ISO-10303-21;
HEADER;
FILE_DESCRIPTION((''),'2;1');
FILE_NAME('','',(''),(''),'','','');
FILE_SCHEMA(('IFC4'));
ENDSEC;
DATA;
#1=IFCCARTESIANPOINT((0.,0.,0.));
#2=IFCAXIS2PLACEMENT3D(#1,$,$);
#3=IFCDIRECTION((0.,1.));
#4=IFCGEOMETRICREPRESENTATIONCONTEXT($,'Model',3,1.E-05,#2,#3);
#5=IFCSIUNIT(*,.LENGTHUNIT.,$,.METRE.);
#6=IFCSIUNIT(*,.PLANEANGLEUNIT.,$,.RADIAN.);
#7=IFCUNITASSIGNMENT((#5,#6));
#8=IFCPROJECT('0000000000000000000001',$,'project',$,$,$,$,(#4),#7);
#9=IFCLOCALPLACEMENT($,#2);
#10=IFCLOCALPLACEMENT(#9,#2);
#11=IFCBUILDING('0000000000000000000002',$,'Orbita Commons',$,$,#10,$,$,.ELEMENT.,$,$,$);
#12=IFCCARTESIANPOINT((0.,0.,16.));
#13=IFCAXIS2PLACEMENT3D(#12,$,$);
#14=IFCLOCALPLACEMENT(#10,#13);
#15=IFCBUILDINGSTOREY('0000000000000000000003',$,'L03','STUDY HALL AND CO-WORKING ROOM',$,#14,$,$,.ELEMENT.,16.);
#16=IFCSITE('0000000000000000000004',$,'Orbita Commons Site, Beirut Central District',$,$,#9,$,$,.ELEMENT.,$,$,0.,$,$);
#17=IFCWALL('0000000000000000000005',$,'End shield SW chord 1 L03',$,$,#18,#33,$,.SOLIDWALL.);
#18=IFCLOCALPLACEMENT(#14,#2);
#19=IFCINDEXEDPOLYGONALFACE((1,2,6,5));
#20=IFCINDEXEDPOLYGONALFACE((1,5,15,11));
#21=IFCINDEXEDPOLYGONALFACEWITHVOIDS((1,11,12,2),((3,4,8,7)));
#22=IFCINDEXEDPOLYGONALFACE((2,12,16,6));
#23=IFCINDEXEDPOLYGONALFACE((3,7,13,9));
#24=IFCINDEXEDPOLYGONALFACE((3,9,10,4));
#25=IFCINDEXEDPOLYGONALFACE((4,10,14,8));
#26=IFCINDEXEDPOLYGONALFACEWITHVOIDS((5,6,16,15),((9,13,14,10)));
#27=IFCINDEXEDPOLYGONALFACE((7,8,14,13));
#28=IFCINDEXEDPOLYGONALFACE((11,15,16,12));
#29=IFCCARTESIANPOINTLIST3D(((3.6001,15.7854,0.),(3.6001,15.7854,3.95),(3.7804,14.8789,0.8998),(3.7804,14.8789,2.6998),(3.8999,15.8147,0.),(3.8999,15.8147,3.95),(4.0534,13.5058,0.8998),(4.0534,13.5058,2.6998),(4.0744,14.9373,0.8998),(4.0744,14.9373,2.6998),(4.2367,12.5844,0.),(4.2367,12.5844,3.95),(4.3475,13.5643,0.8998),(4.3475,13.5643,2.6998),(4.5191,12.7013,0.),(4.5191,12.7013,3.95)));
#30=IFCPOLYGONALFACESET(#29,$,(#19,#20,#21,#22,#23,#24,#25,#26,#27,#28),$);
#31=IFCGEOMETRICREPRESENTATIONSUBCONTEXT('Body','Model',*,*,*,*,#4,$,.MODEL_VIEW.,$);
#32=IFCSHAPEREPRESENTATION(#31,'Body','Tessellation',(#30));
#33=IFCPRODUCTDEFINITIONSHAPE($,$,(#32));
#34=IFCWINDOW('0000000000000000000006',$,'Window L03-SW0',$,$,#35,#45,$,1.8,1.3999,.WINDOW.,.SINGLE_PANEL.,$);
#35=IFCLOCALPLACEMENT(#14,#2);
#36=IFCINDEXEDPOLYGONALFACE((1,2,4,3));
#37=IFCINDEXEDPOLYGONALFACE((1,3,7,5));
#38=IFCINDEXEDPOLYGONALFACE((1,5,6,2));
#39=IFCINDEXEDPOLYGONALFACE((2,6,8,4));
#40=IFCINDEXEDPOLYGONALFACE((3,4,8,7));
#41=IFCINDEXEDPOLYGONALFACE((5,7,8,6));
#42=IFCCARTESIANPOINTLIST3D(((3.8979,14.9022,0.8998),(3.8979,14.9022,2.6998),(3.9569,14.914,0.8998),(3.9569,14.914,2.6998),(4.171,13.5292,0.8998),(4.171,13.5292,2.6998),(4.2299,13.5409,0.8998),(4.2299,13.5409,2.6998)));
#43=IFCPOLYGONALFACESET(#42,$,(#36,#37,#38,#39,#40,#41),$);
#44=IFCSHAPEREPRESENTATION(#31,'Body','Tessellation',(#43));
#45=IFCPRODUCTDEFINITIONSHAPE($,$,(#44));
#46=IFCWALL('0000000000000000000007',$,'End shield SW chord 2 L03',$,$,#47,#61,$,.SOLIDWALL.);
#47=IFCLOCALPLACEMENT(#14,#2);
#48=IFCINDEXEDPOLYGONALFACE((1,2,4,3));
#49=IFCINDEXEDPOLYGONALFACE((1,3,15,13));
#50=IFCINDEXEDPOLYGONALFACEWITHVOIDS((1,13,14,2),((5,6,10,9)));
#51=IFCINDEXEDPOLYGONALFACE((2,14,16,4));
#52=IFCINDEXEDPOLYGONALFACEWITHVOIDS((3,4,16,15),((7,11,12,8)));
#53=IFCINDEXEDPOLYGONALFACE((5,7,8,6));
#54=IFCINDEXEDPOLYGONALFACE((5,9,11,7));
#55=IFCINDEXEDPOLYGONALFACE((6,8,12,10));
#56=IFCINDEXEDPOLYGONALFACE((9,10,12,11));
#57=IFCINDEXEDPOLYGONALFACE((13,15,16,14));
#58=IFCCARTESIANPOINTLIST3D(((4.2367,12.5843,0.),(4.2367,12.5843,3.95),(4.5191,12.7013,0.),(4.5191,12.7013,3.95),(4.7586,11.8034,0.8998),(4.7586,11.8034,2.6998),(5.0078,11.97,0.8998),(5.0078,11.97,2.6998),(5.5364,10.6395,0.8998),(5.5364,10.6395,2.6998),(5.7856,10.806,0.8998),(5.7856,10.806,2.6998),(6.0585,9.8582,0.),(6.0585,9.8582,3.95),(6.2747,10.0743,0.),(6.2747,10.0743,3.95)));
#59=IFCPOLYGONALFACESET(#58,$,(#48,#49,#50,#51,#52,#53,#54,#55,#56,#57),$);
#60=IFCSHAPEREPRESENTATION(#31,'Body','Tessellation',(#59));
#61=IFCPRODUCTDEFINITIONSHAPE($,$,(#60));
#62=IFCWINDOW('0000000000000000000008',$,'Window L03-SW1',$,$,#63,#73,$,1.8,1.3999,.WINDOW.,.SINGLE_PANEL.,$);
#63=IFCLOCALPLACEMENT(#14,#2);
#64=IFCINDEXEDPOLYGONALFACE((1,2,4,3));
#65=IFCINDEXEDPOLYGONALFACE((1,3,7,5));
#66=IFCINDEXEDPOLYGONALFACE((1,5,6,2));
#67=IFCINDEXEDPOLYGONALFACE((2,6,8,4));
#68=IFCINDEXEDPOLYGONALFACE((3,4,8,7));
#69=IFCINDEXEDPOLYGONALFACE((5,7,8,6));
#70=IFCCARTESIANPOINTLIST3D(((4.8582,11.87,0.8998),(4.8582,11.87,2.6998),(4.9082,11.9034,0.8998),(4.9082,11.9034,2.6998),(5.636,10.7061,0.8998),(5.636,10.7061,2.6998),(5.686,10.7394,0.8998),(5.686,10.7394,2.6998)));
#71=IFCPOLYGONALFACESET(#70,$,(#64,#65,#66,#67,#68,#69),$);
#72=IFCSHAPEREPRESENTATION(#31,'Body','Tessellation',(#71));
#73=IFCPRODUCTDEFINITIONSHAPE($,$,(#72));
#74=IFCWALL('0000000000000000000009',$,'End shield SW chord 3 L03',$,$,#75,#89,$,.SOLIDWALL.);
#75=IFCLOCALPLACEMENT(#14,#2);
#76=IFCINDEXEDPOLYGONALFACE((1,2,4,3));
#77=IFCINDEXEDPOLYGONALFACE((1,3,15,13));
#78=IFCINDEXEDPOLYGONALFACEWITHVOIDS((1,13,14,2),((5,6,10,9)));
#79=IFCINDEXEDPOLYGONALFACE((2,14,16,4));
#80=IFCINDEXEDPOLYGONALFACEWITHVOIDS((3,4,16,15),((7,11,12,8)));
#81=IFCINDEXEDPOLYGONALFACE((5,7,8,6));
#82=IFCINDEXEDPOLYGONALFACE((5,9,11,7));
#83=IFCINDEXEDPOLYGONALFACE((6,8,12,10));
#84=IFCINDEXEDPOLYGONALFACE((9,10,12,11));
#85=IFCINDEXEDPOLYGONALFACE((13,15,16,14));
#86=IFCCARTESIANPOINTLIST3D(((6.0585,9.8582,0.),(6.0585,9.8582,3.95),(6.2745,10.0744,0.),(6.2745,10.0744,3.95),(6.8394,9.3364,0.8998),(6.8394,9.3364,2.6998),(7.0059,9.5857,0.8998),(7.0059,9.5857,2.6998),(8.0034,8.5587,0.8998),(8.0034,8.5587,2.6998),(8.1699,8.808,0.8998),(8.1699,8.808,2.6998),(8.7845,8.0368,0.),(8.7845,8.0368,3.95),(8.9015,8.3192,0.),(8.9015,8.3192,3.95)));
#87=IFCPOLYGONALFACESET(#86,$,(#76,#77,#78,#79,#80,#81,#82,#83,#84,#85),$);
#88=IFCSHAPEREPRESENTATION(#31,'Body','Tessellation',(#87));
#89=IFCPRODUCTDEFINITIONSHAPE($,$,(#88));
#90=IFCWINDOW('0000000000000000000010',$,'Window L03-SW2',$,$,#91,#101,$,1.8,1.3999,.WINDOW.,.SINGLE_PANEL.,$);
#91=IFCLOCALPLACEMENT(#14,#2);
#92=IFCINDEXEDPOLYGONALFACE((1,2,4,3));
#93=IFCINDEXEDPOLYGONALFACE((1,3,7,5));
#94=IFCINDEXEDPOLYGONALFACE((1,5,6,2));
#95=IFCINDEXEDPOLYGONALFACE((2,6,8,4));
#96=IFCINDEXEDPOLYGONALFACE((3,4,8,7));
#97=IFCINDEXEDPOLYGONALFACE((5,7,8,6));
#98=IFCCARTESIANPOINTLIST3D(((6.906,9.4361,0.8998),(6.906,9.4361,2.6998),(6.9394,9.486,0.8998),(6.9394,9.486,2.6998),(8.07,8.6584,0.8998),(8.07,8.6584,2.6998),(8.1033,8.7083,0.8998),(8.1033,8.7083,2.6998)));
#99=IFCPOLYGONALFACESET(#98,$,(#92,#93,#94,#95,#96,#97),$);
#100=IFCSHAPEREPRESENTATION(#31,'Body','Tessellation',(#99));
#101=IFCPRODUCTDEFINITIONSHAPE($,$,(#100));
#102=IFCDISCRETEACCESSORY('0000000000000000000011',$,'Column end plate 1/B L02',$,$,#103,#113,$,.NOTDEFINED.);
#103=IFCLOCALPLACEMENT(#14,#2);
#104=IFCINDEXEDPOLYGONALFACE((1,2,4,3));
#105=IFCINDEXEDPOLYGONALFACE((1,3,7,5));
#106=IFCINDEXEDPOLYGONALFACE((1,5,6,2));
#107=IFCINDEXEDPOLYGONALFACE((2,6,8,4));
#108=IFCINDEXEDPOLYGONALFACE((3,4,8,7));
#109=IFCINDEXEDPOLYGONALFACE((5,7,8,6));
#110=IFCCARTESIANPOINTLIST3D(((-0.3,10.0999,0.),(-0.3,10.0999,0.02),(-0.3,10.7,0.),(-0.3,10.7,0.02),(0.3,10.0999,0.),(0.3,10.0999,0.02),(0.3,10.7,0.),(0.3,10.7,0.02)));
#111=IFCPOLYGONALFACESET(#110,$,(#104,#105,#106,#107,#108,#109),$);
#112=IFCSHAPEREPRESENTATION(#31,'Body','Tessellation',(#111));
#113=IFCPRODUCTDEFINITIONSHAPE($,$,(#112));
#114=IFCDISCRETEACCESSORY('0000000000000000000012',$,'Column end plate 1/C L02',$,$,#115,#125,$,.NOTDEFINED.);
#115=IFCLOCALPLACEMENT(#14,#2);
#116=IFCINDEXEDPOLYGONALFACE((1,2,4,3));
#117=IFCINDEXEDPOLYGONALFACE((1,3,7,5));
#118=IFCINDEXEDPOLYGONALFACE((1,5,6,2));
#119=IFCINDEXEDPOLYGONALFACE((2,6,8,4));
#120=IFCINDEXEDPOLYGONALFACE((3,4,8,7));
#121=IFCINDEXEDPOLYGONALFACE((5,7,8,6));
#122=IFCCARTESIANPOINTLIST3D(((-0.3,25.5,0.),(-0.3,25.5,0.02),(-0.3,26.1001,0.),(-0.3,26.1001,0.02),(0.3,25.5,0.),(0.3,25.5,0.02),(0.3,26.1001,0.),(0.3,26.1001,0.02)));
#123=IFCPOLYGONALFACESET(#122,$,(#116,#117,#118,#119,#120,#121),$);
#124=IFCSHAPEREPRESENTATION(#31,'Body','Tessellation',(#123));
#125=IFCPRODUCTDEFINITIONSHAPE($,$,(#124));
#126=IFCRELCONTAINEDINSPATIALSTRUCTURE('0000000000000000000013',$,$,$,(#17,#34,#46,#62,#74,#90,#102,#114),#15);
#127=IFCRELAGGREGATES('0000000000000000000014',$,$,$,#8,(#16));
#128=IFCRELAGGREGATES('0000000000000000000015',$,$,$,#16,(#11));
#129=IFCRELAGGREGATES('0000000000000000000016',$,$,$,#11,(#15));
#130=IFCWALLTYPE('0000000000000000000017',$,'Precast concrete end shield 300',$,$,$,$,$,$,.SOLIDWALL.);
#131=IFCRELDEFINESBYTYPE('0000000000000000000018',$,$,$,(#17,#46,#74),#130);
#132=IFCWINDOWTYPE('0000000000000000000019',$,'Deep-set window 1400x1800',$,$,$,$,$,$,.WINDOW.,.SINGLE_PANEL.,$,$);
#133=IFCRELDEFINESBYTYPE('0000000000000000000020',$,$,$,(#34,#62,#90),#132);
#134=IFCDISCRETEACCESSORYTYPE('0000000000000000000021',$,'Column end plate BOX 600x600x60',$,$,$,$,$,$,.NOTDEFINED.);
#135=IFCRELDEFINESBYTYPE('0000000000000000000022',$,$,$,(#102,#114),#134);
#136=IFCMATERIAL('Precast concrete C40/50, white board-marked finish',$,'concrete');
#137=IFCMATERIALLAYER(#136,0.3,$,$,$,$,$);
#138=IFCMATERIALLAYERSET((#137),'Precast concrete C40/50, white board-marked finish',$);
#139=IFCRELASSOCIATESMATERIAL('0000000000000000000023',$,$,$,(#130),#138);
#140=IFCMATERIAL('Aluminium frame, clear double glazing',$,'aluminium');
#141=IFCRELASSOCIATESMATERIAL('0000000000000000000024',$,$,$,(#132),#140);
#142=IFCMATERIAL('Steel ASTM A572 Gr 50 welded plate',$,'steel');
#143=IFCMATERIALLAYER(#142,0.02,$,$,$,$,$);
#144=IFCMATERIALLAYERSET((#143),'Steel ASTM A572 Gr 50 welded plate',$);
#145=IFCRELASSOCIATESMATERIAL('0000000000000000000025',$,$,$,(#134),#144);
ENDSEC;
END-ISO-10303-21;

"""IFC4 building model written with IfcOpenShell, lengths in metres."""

from ifc_helpers import new_model, si_unit, direction, frame, frame_2d, origin, origin_2d, place, context, subcontext, project, spatial, polyline, rectangle, outline, extrude, material, layer, layer_set, type_object, element, fill, save


model = new_model("IFC4")

# Units and contexts
model_context = context("Model", 3, precision=1e-05, world=origin(), true_north=direction((0.0, 1.0)))
body_context = subcontext(model_context, "Body", "Model", "MODEL_VIEW")
ifc_project = project(units=[si_unit("LENGTHUNIT", "METRE"), si_unit("PLANEANGLEUNIT", "RADIAN")], contexts=[model_context])

# Site, building, storey
site_placement = place(None, origin())
site = spatial("IfcSite", under=ifc_project, at=site_placement, Name="Orbita Commons Site, Beirut Central District", CompositionType="ELEMENT", RefElevation=0.0)
building_placement = place(site_placement, origin())
building = spatial("IfcBuilding", under=site, at=building_placement, Name="Orbita Commons", CompositionType="ELEMENT")
storey_placement = place(building_placement, frame((0.0, 0.0, 16.0)))
storey = spatial("IfcBuildingStorey", under=building, at=storey_placement, Name="L03", Description="STUDY HALL AND CO-WORKING ROOM", CompositionType="ELEMENT", Elevation=16.0)

# Walls, openings, windows
ifc_material_1 = material(Name="Precast concrete C40/50, white board-marked finish", Category="concrete")
ifc_layer_1 = layer(ifc_material_1, 0.3)
ifc_layer_set_1 = layer_set([ifc_layer_1], Name="Precast concrete C40/50, white board-marked finish")
wall_type_1 = type_object("IfcWallType", Name="Precast concrete end shield 300", PredefinedType="SOLIDWALL", material=ifc_layer_set_1)
wall_1_placement = place(storey_placement, frame((3.75, 15.8, 0.0), z_axis=(0.0, 0.0, 1.0), x_axis=(0.195066, -0.98079, 0.0)))
wall_1 = element("IfcWall", 1, at=wall_1_placement, inside=storey, type_object=wall_type_1, Name="End shield SW chord 1 L03", PredefinedType="SOLIDWALL", context=body_context, shape_type="SweptSolid", body=[
    extrude(outline(polyline([(-0.0149, -0.1499), (3.2488, -0.1499), (3.1892, 0.1499), (0.0149, 0.1499), (-0.0149, -0.1499)])), origin(), (0.0, 0.0, 1.0), 3.95),
])
opening_1_placement = place(wall_1_placement, frame((0.9094, 0.0, 0.8999)))
opening_1 = element("IfcOpeningElement", 2, at=opening_1_placement, cuts=wall_1, PredefinedType="OPENING", context=body_context, shape_type="SweptSolid", body=[
    extrude(rectangle(XDim=1.3999, YDim=1.8, at=frame_2d((0.7, 0.8999))), frame((0.0, 0.1599, 0.0), z_axis=(0.0, -1.0, 0.0), x_axis=(1.0, 0.0, 0.0)), (0.0, 0.0, 1.0), 0.3201),
])
ifc_material_2 = material(Name="Aluminium frame, clear double glazing", Category="aluminium")
window_type = type_object("IfcWindowType", Name="Deep-set window 1400x1800", PartitioningType="SINGLE_PANEL", PredefinedType="WINDOW", material=ifc_material_2)
window_1_placement = place(opening_1_placement, origin())
window_1 = element("IfcWindow", 3, at=window_1_placement, inside=storey, type_object=window_type, Name="Window L03-SW0", OverallHeight=1.8, OverallWidth=1.3999, PartitioningType="SINGLE_PANEL", PredefinedType="WINDOW", context=body_context, shape_type="SweptSolid", body=[
    extrude(rectangle(XDim=1.3999, YDim=1.8, at=frame_2d((0.7, 0.8999))), frame((0.0, 0.03, 0.0), z_axis=(0.0, -1.0, 0.0), x_axis=(1.0, 0.0, 0.0)), (0.0, 0.0, 1.0), 0.0601),
])
fill(opening_1, window_1)
wall_2_placement = place(storey_placement, frame((4.3779, 12.6428, 0.0), z_axis=(0.0, 0.0, 1.0), x_axis=(0.55561, -0.831443, 0.0)))
wall_2 = element("IfcWall", 4, at=wall_2_placement, inside=storey, type_object=wall_type_1, Name="End shield SW chord 2 L03", PredefinedType="SOLIDWALL", context=body_context, shape_type="SweptSolid", body=[
    extrude(outline(polyline([(-0.0298, -0.1499), (3.249, -0.1499), (3.1895, 0.1499), (0.0298, 0.1499), (-0.0298, -0.1499)])), origin(), (0.0, 0.0, 1.0), 3.95),
])
opening_2_placement = place(wall_2_placement, frame((0.9094, 0.0, 0.8999)))
opening_2 = element("IfcOpeningElement", 5, at=opening_2_placement, cuts=wall_2, PredefinedType="OPENING", context=body_context, shape_type="SweptSolid", body=[
    extrude(rectangle(XDim=1.3999, YDim=1.8, at=frame_2d((0.7, 0.8999))), frame((0.0, 0.1599, 0.0), z_axis=(0.0, -1.0, 0.0), x_axis=(1.0, 0.0, 0.0)), (0.0, 0.0, 1.0), 0.3201),
])
window_2_placement = place(opening_2_placement, origin())
window_2 = element("IfcWindow", 6, at=window_2_placement, inside=storey, type_object=window_type, Name="Window L03-SW1", OverallHeight=1.8, OverallWidth=1.3999, PartitioningType="SINGLE_PANEL", PredefinedType="WINDOW", context=body_context, shape_type="SweptSolid", body=[
    extrude(rectangle(XDim=1.3999, YDim=1.8, at=frame_2d((0.7, 0.8999))), frame((0.0, 0.03, 0.0), z_axis=(0.0, -1.0, 0.0), x_axis=(1.0, 0.0, 0.0)), (0.0, 0.0, 1.0), 0.0601),
])
fill(opening_2, window_2)
wall_3_placement = place(storey_placement, frame((6.1665, 9.9663, 0.0), z_axis=(0.0, 0.0, 1.0), x_axis=(0.831478, -0.555558, 0.0)))
wall_3 = element("IfcWall", 7, at=wall_3_placement, inside=storey, type_object=wall_type_1, Name="End shield SW chord 3 L03", PredefinedType="SOLIDWALL", context=body_context, shape_type="SweptSolid", body=[
    extrude(outline(polyline([(-0.0298, -0.1499), (3.2488, -0.1499), (3.1892, 0.1499), (0.0298, 0.1499), (-0.0298, -0.1499)])), origin(), (0.0, 0.0, 1.0), 3.95),
])
opening_3_placement = place(wall_3_placement, frame((0.9094, 0.0, 0.8999)))
opening_3 = element("IfcOpeningElement", 8, at=opening_3_placement, cuts=wall_3, PredefinedType="OPENING", context=body_context, shape_type="SweptSolid", body=[
    extrude(rectangle(XDim=1.3999, YDim=1.8, at=frame_2d((0.7, 0.8999))), frame((0.0, 0.1599, 0.0), z_axis=(0.0, -1.0, 0.0), x_axis=(1.0, 0.0, 0.0)), (0.0, 0.0, 1.0), 0.3201),
])
window_3_placement = place(opening_3_placement, origin())
window_3 = element("IfcWindow", 9, at=window_3_placement, inside=storey, type_object=window_type, Name="Window L03-SW2", OverallHeight=1.8, OverallWidth=1.3999, PartitioningType="SINGLE_PANEL", PredefinedType="WINDOW", context=body_context, shape_type="SweptSolid", body=[
    extrude(rectangle(XDim=1.3999, YDim=1.8, at=frame_2d((0.7, 0.8999))), frame((0.0, 0.03, 0.0), z_axis=(0.0, -1.0, 0.0), x_axis=(1.0, 0.0, 0.0)), (0.0, 0.0, 1.0), 0.0601),
])
fill(opening_3, window_3)

# Discrete accessories
ifc_material_3 = material(Name="Steel ASTM A572 Gr 50 welded plate", Category="steel")
ifc_layer_2 = layer(ifc_material_3, 0.02)
ifc_layer_set_2 = layer_set([ifc_layer_2], Name="Steel ASTM A572 Gr 50 welded plate")
discrete_accessory_type = type_object("IfcDiscreteAccessoryType", Name="Column end plate BOX 600x600x60", PredefinedType="NOTDEFINED", material=ifc_layer_set_2)
for number, where, z_axis, x_axis, name in (
    (10, (0.0, 10.3999, 0.0), (0.0, 0.0, 1.0), (1.0, 0.0, 0.0), "Column end plate 1/B L02"),
    (11, (0.0, 25.8, 0.0), (0.0, 0.0, 1.0), (1.0, 0.0, 0.0), "Column end plate 1/C L02"),
):
    element("IfcDiscreteAccessory", number, at=place(storey_placement, frame(where, z_axis=z_axis, x_axis=x_axis)), inside=storey, type_object=discrete_accessory_type, Name=name, PredefinedType="NOTDEFINED", context=body_context, shape_type="SweptSolid", body=[
        extrude(rectangle(XDim=0.6001, YDim=0.6001, at=origin_2d()), origin(), (0.0, 0.0, 1.0), 0.02),
    ])

save(model, "model.ifc")
